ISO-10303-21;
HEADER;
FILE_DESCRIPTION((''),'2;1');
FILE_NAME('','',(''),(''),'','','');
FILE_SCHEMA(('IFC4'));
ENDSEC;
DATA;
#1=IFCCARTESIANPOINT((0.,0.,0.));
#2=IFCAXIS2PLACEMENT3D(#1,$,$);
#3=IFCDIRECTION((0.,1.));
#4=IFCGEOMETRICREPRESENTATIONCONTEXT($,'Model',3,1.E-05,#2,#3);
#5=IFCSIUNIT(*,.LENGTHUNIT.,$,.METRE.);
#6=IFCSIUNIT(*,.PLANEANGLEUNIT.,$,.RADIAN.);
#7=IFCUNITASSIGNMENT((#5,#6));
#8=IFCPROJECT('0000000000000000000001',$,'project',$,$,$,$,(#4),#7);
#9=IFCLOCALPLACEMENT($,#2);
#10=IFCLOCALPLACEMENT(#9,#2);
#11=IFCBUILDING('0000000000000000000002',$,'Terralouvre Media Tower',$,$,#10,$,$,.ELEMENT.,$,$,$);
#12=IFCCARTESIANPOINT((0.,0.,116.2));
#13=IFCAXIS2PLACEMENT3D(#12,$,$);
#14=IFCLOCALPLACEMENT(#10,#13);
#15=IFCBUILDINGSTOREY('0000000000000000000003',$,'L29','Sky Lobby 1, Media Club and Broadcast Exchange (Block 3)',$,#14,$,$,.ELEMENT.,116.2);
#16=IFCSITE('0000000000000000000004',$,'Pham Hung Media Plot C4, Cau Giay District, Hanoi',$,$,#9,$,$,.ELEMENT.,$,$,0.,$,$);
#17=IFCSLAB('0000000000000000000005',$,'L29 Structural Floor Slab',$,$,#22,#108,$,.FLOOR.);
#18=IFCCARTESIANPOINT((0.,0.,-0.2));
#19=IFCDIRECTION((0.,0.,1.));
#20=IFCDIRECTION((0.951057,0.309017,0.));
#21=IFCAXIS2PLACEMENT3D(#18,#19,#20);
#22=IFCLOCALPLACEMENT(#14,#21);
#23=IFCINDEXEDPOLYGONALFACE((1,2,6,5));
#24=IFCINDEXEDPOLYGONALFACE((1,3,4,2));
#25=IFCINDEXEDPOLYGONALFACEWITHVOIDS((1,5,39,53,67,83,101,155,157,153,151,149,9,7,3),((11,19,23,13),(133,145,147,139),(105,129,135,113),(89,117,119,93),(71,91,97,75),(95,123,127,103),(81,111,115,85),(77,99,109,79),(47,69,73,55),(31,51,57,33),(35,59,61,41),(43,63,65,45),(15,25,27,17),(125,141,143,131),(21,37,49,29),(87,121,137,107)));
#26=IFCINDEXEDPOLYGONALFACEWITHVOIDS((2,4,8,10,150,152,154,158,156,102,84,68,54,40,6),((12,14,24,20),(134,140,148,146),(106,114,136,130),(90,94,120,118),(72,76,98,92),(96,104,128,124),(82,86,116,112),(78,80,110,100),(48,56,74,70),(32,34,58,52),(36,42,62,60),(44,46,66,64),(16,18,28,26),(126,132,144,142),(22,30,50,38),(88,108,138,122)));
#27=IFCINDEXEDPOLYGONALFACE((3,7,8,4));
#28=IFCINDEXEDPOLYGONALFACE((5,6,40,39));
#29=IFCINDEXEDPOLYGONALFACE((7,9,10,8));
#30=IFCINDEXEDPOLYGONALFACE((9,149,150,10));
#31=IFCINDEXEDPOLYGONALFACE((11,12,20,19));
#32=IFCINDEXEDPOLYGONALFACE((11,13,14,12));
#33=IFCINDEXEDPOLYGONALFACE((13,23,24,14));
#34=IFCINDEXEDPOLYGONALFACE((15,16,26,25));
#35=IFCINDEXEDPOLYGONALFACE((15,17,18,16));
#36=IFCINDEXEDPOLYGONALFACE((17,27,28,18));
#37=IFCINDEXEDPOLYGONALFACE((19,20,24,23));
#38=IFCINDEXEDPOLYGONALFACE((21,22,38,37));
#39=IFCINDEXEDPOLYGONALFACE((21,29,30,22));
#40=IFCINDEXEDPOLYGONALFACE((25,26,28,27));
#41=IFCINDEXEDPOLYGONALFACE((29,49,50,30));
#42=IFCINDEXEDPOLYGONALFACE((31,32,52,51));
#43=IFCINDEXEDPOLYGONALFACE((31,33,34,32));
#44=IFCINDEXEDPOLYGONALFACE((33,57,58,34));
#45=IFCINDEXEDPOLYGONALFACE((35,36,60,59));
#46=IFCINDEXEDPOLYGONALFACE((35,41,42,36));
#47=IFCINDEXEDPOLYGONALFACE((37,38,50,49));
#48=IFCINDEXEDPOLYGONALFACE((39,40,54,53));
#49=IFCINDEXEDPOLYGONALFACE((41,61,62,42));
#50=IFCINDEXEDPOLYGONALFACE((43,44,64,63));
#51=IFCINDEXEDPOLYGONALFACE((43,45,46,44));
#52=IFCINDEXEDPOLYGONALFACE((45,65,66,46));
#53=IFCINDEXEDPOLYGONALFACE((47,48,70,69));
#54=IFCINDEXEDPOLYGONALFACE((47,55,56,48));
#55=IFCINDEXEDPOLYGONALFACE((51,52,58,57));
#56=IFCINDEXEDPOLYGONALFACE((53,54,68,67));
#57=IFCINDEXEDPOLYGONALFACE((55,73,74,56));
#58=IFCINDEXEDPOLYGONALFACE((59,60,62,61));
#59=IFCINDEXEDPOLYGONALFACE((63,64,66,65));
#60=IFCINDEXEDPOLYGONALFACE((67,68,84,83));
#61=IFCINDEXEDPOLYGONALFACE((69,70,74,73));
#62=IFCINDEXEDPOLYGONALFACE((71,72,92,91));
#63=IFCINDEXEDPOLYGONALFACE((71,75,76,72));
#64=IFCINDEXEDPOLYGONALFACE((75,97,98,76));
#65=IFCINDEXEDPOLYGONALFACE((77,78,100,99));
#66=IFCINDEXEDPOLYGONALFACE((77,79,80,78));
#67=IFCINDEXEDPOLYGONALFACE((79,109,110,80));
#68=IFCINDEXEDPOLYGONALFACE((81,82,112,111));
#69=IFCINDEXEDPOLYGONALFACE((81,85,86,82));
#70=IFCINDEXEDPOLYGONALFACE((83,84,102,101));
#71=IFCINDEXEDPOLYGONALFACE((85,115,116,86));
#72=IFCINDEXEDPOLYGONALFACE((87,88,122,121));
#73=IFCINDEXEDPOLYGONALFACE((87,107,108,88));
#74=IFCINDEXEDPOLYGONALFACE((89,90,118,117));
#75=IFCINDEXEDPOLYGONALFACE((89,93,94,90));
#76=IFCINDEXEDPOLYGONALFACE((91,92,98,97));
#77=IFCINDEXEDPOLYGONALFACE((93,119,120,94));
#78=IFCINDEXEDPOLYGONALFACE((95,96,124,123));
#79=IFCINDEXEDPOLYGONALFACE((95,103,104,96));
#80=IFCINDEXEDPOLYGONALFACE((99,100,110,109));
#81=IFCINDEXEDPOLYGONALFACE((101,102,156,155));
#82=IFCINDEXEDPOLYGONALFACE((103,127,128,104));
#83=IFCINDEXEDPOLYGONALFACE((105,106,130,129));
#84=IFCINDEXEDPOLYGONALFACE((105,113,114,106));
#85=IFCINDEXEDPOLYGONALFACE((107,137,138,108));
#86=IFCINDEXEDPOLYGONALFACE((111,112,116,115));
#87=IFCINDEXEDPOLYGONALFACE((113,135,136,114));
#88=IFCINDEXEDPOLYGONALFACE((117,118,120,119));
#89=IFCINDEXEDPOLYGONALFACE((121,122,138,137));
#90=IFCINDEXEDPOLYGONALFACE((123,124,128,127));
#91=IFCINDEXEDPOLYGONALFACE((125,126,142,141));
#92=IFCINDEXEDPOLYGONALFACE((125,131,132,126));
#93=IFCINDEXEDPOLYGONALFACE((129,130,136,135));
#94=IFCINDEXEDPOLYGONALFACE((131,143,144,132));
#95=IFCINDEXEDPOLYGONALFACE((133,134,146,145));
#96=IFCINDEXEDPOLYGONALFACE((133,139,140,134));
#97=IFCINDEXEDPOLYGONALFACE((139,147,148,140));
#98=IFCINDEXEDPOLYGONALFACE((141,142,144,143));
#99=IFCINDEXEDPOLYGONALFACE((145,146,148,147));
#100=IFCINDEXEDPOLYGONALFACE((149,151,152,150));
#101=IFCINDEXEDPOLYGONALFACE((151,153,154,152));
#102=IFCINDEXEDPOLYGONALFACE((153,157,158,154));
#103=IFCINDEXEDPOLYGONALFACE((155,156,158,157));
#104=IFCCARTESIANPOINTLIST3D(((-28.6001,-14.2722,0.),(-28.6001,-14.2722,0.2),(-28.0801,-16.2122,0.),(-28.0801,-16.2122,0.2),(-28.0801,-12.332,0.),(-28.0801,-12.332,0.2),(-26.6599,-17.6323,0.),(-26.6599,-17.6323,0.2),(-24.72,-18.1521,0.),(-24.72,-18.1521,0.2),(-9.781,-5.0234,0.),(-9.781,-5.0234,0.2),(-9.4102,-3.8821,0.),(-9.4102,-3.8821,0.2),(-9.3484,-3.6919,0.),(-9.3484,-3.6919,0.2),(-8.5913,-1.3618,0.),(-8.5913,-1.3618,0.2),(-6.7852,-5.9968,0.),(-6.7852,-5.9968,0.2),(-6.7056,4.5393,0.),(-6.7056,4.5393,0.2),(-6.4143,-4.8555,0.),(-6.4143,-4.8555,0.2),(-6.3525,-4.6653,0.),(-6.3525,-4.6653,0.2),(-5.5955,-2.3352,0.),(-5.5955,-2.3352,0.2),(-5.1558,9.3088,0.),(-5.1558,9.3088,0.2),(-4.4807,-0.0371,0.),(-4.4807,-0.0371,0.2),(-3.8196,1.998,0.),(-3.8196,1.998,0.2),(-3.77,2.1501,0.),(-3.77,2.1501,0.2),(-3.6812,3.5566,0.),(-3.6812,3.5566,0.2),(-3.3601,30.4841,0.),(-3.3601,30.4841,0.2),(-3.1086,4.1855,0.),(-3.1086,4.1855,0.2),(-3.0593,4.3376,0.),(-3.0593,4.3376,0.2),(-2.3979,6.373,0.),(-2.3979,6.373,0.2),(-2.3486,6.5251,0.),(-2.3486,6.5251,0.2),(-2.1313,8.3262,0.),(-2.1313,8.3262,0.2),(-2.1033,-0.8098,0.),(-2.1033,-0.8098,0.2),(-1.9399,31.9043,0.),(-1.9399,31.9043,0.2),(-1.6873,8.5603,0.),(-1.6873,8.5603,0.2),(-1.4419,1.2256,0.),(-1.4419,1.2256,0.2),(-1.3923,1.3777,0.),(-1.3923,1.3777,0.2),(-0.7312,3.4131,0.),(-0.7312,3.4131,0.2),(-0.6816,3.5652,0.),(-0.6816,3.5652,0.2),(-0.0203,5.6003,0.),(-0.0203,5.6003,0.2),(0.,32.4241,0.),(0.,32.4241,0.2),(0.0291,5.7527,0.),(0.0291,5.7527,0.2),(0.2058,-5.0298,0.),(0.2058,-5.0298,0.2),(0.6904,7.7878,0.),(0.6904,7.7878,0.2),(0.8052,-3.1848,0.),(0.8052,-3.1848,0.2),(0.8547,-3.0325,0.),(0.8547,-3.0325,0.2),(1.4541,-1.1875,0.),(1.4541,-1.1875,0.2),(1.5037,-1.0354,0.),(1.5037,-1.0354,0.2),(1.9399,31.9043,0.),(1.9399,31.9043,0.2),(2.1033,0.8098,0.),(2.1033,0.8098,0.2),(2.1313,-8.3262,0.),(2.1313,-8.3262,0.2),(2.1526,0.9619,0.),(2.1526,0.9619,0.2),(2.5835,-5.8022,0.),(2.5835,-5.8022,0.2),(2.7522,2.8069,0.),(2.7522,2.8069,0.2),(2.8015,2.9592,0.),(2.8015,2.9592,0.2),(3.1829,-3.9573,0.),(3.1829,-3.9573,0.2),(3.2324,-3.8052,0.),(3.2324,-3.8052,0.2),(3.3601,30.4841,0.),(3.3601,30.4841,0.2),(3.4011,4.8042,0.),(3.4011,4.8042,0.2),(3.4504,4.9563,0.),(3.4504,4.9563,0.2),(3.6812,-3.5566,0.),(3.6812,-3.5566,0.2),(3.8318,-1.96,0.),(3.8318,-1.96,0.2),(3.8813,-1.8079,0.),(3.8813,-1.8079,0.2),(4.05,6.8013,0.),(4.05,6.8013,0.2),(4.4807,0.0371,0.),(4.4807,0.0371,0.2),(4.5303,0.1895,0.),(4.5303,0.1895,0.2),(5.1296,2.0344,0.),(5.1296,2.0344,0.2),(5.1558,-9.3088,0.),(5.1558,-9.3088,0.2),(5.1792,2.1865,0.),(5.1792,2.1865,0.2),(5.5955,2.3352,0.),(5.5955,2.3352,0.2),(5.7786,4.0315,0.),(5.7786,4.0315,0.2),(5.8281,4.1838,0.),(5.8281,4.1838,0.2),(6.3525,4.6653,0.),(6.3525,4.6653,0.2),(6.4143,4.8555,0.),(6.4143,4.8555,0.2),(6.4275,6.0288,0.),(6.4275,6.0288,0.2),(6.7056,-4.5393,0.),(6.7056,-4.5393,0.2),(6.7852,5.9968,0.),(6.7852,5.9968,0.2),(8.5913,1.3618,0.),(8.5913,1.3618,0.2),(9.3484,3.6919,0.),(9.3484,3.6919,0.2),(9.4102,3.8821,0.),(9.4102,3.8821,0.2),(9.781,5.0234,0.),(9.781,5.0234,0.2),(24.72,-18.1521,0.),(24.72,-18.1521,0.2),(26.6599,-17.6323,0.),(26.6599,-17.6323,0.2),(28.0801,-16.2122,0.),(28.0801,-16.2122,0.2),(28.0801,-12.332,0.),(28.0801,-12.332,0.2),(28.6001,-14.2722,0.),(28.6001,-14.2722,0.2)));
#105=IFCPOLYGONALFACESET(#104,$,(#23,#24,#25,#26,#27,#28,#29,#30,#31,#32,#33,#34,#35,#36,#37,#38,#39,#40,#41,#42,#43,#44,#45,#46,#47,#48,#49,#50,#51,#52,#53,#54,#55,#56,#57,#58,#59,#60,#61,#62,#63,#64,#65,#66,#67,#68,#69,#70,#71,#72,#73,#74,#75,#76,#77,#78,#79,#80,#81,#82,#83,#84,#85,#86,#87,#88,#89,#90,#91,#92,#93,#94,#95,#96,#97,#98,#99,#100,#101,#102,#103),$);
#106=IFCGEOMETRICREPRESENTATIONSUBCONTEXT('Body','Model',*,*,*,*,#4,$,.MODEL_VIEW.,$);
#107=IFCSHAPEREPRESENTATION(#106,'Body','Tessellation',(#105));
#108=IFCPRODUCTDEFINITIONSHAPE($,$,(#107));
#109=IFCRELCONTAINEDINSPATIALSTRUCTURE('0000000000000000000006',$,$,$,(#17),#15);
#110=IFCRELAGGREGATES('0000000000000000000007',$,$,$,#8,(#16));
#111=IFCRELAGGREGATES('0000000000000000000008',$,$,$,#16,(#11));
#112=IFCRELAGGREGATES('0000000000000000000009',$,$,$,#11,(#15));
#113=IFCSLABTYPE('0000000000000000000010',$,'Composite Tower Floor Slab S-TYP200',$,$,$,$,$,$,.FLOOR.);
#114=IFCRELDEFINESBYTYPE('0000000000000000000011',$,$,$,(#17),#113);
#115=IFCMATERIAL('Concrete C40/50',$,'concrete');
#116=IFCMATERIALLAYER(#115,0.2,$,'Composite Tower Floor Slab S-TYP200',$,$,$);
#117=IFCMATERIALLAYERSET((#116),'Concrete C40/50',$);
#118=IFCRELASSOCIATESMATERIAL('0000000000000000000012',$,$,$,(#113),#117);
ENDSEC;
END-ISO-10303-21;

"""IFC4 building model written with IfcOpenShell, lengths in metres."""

from ifc_helpers import new_model, si_unit, direction, frame, origin, place, context, subcontext, project, spatial, polyline, outline, extrude, material, layer, layer_set, type_object, element, save


model = new_model("IFC4")

# Units and contexts
model_context = context("Model", 3, precision=1e-05, world=origin(), true_north=direction((0.0, 1.0)))
body_context = subcontext(model_context, "Body", "Model", "MODEL_VIEW")
ifc_project = project(units=[si_unit("LENGTHUNIT", "METRE"), si_unit("PLANEANGLEUNIT", "RADIAN")], contexts=[model_context])

# Site, building, storey
site_placement = place(None, origin())
site = spatial("IfcSite", under=ifc_project, at=site_placement, Name="Pham Hung Media Plot C4, Cau Giay District, Hanoi", CompositionType="ELEMENT", RefElevation=0.0)
building_placement = place(site_placement, origin())
building = spatial("IfcBuilding", under=site, at=building_placement, Name="Terralouvre Media Tower", CompositionType="ELEMENT")
storey_placement = place(building_placement, frame((0.0, 0.0, 116.2)))
storey = spatial("IfcBuildingStorey", under=building, at=storey_placement, Name="L29", Description="Sky Lobby 1, Media Club and Broadcast Exchange (Block 3)", CompositionType="ELEMENT", Elevation=116.2)

# Slab
ifc_material_1 = material(Name="Concrete C40/50", Category="concrete")
ifc_layer_1 = layer(ifc_material_1, 0.2, Name="Composite Tower Floor Slab S-TYP200")
ifc_layer_set_1 = layer_set([ifc_layer_1], Name="Concrete C40/50")
slab_type = type_object("IfcSlabType", Name="Composite Tower Floor Slab S-TYP200", PredefinedType="FLOOR", material=ifc_layer_set_1)
slab_placement = place(storey_placement, frame((0.0, 0.0, -0.2), z_axis=(0.0, 0.0, 1.0), x_axis=(0.951057, 0.309017, 0.0)))
element("IfcSlab", 1, at=slab_placement, inside=storey, type_object=slab_type, Name="L29 Structural Floor Slab", PredefinedType="FLOOR", context=body_context, shape_type="SweptSolid", body=[
    extrude(outline(polyline([(-28.0801, -12.332), (-28.6001, -14.2722), (-28.0801, -16.2122), (-26.6599, -17.6323), (-24.72, -18.1521), (24.72, -18.1521), (26.6599, -17.6323), (28.0801, -16.2122), (28.6001, -14.2722), (28.0801, -12.332), (3.3601, 30.4841), (1.9399, 31.9043), (0.0, 32.4241), (-1.9399, 31.9043), (-3.3601, 30.4841), (-28.0801, -12.332)]), holes=[polyline([(-6.7852, -5.9968), (-9.781, -5.0234), (-9.4102, -3.8821), (-6.4143, -4.8555), (-6.7852, -5.9968)]), polyline([(-6.3525, -4.6653), (-9.3484, -3.6919), (-8.5913, -1.3618), (-5.5955, -2.3352), (-6.3525, -4.6653)]), polyline([(-2.1033, -0.8098), (-4.4807, -0.0371), (-3.8196, 1.998), (-1.4419, 1.2256), (-2.1033, -0.8098)]), polyline([(-1.3923, 1.3777), (-3.77, 2.1501), (-3.1086, 4.1855), (-0.7312, 3.4131), (-1.3923, 1.3777)]), polyline([(4.5303, 0.1895), (2.1526, 0.9619), (2.7522, 2.8069), (5.1296, 2.0344), (4.5303, 0.1895)]), polyline([(-0.6816, 3.5652), (-3.0593, 4.3376), (-2.3979, 6.373), (-0.0203, 5.6003), (-0.6816, 3.5652)]), polyline([(-3.6812, 3.5566), (-6.7056, 4.5393), (-5.1558, 9.3088), (-2.1313, 8.3262), (-3.6812, 3.5566)]), polyline([(0.0291, 5.7527), (-2.3486, 6.5251), (-1.6873, 8.5603), (0.6904, 7.7878), (0.0291, 5.7527)]), polyline([(3.6812, -3.5566), (6.7056, -4.5393), (5.1558, -9.3088), (2.1313, -8.3262), (3.6812, -3.5566)]), polyline([(2.5835, -5.8022), (0.2058, -5.0298), (0.8052, -3.1848), (3.1829, -3.9573), (2.5835, -5.8022)]), polyline([(3.2324, -3.8052), (0.8547, -3.0325), (1.4541, -1.1875), (3.8318, -1.96), (3.2324, -3.8052)]), polyline([(3.8813, -1.8079), (1.5037, -1.0354), (2.1033, 0.8098), (4.4807, 0.0371), (3.8813, -1.8079)]), polyline([(5.1792, 2.1865), (2.8015, 2.9592), (3.4011, 4.8042), (5.7786, 4.0315), (5.1792, 2.1865)]), polyline([(8.5913, 1.3618), (5.5955, 2.3352), (6.3525, 4.6653), (9.3484, 3.6919), (8.5913, 1.3618)]), polyline([(5.8281, 4.1838), (3.4504, 4.9563), (4.05, 6.8013), (6.4275, 6.0288), (5.8281, 4.1838)]), polyline([(9.4102, 3.8821), (6.4143, 4.8555), (6.7852, 5.9968), (9.781, 5.0234), (9.4102, 3.8821)])]), origin(), (0.0, 0.0, 1.0), 0.2),
])

save(model, "model.ifc")
